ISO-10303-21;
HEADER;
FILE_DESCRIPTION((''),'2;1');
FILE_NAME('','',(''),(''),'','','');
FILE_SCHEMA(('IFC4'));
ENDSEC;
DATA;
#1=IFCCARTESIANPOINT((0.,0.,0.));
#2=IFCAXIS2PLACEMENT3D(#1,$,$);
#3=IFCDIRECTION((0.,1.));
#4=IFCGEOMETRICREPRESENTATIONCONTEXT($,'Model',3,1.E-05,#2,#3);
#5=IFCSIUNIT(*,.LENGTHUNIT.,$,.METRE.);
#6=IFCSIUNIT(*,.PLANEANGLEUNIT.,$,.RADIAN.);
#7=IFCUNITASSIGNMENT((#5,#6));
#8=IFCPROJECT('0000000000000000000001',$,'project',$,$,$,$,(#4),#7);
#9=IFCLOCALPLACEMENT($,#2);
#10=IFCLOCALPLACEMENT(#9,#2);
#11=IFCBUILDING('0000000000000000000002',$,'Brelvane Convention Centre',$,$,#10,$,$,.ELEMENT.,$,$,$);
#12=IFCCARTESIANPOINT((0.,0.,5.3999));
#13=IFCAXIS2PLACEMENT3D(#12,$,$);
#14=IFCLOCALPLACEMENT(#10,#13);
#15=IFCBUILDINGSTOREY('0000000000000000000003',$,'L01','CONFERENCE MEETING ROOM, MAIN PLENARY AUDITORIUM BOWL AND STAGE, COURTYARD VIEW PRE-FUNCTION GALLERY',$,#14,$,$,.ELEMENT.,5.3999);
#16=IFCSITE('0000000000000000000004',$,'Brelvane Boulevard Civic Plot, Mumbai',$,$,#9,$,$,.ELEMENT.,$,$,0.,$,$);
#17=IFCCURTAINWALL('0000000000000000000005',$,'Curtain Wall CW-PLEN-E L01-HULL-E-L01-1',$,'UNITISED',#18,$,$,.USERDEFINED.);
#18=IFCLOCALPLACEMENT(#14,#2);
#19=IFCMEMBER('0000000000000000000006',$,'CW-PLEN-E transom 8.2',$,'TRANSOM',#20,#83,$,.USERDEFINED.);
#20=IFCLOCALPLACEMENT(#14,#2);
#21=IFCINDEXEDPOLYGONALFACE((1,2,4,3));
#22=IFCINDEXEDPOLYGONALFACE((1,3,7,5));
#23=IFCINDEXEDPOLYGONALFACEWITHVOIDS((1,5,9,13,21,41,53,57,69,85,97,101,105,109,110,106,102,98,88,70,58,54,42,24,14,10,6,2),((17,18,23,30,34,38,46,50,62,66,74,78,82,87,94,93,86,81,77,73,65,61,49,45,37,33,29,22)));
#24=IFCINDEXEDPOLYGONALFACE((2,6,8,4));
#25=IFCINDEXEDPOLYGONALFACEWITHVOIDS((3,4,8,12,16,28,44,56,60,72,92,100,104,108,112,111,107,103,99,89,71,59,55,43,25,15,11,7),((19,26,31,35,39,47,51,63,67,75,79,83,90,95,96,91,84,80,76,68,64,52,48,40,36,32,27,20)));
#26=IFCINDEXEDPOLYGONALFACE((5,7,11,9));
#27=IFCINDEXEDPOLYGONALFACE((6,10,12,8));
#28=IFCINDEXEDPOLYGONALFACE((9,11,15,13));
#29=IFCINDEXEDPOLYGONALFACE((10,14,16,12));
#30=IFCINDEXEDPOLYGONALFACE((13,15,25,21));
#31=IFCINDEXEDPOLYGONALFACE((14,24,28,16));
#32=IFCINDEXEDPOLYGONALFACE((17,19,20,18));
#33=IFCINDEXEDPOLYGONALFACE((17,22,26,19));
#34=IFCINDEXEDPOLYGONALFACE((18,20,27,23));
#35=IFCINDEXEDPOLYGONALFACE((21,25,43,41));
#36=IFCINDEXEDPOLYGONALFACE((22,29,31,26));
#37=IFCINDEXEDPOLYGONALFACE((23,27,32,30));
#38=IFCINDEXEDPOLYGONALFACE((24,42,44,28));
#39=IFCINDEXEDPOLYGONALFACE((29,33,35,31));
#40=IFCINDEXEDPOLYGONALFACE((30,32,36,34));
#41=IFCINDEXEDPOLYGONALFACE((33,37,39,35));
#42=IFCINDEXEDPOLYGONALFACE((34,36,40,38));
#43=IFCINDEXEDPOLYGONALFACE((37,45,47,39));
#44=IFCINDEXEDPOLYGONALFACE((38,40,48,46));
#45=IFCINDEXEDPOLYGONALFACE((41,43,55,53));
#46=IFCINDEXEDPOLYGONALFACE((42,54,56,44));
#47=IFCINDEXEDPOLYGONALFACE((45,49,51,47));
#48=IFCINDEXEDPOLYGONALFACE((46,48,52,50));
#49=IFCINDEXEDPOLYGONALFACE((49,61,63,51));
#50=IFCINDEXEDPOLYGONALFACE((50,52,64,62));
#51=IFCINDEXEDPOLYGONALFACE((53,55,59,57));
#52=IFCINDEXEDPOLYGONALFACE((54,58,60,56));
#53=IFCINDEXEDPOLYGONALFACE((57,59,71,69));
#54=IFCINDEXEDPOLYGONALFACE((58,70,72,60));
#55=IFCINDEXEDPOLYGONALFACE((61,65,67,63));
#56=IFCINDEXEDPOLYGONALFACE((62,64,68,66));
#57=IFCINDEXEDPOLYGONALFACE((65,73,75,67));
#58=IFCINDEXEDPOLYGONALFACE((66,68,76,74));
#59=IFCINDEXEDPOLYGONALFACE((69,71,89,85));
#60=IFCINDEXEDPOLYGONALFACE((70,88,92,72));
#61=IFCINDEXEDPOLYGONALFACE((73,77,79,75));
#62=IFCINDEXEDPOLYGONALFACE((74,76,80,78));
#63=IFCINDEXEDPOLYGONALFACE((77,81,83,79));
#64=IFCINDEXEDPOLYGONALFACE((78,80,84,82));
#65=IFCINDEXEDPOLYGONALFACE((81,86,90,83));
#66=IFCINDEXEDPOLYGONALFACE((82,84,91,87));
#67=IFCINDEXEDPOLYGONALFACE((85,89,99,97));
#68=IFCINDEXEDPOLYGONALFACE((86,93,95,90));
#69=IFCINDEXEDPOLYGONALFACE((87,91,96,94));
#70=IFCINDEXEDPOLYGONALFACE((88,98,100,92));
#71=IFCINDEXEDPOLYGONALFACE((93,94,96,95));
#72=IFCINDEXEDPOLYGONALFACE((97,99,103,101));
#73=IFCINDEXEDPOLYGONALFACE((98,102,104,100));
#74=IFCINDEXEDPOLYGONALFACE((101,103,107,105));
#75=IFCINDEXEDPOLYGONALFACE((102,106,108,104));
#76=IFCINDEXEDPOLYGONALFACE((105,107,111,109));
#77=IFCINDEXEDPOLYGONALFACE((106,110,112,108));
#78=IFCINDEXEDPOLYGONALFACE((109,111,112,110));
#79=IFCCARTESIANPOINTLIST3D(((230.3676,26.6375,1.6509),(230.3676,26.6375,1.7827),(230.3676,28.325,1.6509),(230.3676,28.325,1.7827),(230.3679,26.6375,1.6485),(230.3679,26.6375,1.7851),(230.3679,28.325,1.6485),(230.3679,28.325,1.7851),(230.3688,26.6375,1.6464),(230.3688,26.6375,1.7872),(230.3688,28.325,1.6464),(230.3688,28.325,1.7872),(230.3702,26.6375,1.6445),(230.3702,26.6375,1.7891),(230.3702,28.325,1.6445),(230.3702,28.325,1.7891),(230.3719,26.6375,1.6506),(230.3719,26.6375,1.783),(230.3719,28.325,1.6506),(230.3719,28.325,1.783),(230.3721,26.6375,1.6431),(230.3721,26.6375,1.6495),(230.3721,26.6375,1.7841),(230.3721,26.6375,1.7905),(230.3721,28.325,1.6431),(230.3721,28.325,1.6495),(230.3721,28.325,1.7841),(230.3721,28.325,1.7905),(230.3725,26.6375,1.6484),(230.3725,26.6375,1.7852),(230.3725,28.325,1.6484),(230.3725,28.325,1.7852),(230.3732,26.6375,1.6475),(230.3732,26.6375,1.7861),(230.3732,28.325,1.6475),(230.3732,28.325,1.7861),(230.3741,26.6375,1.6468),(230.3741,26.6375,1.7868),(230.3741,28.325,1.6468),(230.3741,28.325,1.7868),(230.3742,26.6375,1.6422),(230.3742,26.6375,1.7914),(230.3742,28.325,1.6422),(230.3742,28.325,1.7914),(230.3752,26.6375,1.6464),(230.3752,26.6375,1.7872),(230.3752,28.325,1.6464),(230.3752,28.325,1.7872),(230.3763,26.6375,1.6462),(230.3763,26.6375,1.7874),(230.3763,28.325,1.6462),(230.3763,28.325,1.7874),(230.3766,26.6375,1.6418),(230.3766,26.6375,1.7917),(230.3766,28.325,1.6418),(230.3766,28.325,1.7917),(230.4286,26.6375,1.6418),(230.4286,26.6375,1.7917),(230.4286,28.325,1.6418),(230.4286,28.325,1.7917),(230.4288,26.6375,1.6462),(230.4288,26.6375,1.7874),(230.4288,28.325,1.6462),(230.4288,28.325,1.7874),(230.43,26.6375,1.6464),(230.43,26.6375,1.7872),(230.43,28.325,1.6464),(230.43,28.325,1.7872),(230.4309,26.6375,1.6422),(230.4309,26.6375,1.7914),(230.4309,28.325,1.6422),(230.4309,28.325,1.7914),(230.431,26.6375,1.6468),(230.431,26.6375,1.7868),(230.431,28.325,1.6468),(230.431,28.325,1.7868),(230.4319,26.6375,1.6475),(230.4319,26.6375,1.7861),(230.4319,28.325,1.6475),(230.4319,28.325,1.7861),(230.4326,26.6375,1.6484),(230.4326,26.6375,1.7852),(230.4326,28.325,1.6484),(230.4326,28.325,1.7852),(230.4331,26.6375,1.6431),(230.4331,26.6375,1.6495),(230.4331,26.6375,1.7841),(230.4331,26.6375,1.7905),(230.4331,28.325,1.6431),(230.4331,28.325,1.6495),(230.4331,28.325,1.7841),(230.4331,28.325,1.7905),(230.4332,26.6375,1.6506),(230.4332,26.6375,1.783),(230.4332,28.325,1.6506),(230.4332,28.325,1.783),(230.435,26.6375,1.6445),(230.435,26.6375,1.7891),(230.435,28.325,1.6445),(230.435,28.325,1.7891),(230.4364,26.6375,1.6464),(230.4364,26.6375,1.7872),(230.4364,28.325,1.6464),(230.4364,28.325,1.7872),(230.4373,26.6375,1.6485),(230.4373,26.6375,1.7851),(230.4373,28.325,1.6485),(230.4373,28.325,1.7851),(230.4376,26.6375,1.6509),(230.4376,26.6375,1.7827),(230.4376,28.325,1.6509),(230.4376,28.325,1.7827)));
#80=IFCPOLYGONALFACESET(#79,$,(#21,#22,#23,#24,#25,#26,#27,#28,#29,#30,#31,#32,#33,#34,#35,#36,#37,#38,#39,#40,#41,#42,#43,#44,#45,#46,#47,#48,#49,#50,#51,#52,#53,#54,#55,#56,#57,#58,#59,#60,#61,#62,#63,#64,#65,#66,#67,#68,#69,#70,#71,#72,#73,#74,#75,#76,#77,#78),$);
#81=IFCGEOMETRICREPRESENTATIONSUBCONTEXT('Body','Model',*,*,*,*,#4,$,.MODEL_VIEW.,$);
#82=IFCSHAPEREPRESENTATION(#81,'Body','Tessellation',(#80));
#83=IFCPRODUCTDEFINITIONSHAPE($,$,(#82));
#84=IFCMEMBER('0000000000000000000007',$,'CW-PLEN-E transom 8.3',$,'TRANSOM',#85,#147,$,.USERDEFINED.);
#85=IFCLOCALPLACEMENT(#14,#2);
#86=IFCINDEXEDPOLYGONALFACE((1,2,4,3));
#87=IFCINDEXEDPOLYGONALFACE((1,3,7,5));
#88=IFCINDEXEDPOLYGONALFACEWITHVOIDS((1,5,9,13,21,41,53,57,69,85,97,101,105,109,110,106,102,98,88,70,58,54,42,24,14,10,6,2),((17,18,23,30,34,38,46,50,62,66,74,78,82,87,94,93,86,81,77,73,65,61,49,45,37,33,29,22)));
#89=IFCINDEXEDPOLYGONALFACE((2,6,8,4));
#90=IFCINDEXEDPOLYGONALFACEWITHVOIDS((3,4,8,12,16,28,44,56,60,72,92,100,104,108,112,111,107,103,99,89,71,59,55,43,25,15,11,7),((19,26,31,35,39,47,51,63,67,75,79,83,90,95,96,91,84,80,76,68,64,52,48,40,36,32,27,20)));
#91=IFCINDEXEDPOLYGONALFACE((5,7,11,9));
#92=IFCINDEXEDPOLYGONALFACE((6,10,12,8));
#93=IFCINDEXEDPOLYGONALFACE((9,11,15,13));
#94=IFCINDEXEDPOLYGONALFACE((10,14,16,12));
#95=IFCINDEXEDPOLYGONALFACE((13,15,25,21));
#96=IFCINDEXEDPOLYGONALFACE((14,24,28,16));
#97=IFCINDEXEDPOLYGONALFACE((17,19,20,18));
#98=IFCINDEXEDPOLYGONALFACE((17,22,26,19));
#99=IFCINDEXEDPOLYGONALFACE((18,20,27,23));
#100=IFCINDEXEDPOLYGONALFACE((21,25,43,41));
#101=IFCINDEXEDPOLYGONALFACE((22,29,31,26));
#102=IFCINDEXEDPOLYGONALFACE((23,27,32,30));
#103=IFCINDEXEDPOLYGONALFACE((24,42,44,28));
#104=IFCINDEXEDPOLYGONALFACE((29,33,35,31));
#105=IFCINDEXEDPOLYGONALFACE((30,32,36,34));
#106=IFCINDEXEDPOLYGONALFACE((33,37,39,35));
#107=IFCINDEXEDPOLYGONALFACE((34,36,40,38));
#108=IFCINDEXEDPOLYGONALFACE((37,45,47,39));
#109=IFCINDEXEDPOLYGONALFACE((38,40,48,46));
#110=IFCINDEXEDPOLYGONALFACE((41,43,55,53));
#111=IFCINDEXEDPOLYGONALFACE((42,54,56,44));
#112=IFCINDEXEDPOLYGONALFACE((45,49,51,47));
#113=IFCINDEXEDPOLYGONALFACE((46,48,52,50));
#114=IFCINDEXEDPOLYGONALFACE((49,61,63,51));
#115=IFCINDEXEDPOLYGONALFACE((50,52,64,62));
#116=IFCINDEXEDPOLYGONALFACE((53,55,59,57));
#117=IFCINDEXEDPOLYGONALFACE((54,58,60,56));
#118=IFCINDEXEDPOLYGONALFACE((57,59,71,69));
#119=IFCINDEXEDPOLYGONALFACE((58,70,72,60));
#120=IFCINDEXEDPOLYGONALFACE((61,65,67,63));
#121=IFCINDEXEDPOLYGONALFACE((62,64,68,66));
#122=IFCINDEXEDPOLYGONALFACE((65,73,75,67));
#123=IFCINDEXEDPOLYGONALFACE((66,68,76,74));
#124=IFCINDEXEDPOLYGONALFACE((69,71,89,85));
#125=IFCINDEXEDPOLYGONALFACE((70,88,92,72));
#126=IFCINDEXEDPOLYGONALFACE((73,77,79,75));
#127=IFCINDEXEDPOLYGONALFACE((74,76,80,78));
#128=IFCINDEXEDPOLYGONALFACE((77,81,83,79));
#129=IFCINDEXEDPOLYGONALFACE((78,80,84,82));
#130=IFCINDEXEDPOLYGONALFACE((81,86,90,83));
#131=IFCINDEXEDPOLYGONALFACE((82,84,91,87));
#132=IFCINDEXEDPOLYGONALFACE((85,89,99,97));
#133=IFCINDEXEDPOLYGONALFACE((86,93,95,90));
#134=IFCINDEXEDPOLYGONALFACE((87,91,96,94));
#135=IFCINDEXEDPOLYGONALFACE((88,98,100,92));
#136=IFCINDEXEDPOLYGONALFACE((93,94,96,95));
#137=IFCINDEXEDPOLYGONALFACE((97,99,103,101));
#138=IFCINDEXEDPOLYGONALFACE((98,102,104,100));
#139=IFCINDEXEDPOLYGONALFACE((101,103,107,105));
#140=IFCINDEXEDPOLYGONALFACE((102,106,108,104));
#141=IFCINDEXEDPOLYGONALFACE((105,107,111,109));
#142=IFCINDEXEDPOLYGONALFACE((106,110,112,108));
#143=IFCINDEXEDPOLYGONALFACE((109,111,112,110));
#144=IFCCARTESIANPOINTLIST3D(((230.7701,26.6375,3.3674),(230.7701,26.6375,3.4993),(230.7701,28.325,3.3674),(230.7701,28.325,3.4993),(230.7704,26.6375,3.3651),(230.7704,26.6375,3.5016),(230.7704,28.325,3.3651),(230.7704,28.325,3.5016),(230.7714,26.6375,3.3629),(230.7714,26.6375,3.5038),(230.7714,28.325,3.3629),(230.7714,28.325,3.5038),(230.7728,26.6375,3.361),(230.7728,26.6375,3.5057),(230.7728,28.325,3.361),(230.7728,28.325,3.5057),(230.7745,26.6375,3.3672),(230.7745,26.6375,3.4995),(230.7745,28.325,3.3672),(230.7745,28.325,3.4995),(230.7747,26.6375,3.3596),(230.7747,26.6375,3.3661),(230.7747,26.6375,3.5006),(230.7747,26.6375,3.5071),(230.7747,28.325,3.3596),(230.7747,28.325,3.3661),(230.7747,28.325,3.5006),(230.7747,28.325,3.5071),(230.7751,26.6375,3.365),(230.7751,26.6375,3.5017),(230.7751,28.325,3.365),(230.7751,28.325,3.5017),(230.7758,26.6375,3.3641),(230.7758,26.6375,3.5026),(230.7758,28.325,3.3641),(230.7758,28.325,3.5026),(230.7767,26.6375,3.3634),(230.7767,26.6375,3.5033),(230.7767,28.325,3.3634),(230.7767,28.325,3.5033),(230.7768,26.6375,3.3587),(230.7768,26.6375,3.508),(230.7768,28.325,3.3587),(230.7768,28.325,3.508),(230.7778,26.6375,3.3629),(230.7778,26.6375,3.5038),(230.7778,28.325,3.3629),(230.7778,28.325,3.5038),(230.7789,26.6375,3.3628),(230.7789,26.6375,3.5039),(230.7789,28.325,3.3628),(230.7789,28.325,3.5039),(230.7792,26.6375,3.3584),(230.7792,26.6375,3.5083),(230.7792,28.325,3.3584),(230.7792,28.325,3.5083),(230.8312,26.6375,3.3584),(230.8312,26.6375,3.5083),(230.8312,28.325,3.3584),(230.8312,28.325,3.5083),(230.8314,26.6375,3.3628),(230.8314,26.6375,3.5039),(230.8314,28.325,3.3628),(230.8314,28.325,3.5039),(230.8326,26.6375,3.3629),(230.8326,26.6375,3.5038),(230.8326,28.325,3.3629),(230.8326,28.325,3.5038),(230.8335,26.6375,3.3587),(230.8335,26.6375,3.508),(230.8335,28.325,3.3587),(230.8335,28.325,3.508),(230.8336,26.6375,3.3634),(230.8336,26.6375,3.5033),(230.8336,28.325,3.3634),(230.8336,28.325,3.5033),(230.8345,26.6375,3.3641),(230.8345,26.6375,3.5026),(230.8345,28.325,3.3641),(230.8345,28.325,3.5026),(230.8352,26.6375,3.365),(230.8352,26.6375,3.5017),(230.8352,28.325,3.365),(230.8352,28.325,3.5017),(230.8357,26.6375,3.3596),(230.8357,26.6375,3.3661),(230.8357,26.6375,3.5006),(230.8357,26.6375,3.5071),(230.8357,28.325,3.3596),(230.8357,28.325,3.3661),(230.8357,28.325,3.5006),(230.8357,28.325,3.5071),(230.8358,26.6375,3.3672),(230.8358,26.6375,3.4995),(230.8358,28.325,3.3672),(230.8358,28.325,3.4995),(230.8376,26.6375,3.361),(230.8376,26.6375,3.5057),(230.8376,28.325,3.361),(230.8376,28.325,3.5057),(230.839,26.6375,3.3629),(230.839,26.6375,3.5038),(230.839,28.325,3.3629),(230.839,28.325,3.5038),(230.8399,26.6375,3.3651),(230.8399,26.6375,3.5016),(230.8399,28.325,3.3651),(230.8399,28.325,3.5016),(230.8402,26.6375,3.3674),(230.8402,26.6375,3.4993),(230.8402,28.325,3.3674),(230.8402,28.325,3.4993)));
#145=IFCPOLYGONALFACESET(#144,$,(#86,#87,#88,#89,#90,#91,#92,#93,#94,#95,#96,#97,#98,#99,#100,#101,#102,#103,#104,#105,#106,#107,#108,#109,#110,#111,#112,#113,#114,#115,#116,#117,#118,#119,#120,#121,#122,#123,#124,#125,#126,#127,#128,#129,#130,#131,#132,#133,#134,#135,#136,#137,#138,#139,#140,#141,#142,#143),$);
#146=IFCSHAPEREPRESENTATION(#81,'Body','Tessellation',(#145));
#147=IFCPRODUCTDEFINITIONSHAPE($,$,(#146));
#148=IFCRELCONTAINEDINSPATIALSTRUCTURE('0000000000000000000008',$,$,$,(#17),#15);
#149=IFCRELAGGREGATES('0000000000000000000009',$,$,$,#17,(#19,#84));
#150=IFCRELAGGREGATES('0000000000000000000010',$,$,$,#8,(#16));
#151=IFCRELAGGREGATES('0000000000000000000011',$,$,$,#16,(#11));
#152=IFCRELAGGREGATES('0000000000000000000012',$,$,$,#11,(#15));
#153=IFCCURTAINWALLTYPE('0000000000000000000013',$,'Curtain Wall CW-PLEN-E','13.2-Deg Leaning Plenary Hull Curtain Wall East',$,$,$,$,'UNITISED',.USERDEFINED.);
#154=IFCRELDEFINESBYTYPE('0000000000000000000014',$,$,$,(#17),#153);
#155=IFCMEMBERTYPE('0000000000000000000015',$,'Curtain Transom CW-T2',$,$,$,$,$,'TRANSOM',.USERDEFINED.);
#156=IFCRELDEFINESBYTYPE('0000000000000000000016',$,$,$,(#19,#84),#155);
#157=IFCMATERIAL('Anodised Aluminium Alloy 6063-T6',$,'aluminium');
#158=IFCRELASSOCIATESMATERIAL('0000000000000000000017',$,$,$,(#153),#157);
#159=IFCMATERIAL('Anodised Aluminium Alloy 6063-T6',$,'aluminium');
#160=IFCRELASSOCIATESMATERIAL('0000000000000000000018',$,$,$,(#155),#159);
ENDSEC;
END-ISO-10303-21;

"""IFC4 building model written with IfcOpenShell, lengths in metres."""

from ifc_helpers import new_model, si_unit, direction, frame, origin, origin_2d, place, context, subcontext, project, spatial, hollow_rectangle, extrude, material, material_profile, profile_set, type_object, element, aggregate, save


model = new_model("IFC4")

# Units and contexts
model_context = context("Model", 3, precision=1e-05, world=origin(), true_north=direction((0.0, 1.0)))
body_context = subcontext(model_context, "Body", "Model", "MODEL_VIEW")
ifc_project = project(units=[si_unit("LENGTHUNIT", "METRE"), si_unit("PLANEANGLEUNIT", "RADIAN")], contexts=[model_context])

# Site, building, storey
site_placement = place(None, origin())
site = spatial("IfcSite", under=ifc_project, at=site_placement, Name="Brelvane Boulevard Civic Plot, Mumbai", CompositionType="ELEMENT", RefElevation=0.0)
building_placement = place(site_placement, origin())
building = spatial("IfcBuilding", under=site, at=building_placement, Name="Brelvane Convention Centre", CompositionType="ELEMENT")
storey_placement = place(building_placement, frame((0.0, 0.0, 5.3999)))
storey = spatial("IfcBuildingStorey", under=building, at=storey_placement, Name="L01", Description="CONFERENCE MEETING ROOM, MAIN PLENARY AUDITORIUM BOWL AND STAGE, COURTYARD VIEW PRE-FUNCTION GALLERY", CompositionType="ELEMENT", Elevation=5.3999)

# Curtain wall, members
ifc_material_1 = material(Name="Anodised Aluminium Alloy 6063-T6", Category="aluminium")
curtain_wall_type = type_object("IfcCurtainWallType", Name="Curtain Wall CW-PLEN-E", Description="13.2-Deg Leaning Plenary Hull Curtain Wall East", ElementType="UNITISED", PredefinedType="USERDEFINED", material=ifc_material_1)
curtain_wall_placement = place(storey_placement, origin())
curtain_wall = element("IfcCurtainWall", 1, at=curtain_wall_placement, inside=storey, type_object=curtain_wall_type, Name="Curtain Wall CW-PLEN-E L01-HULL-E-L01-1", ObjectType="UNITISED", PredefinedType="USERDEFINED")
ifc_material_2 = material(Name="Anodised Aluminium Alloy 6063-T6", Category="aluminium")
ifc_material_profile_1 = material_profile(ifc_material_2, hollow_rectangle(XDim=0.0701, YDim=0.1499, WallThickness=0.0044, InnerFilletRadius=0.0044, OuterFilletRadius=0.009, at=origin_2d()), Name="ALU-T 150x70x4.5")
ifc_profile_set_1 = profile_set([ifc_material_profile_1], Name="Anodised Aluminium Alloy 6063-T6")
member_type_1 = type_object("IfcMemberType", Name="Curtain Transom CW-T2", ElementType="TRANSOM", PredefinedType="USERDEFINED", material=ifc_profile_set_1)
member_1_placement = place(storey_placement, frame((230.4026, 26.6375, 1.7168), z_axis=(0.0, 1.0, 0.0), x_axis=(-1.0, 0.0, 0.0)))
member_1 = element("IfcMember", 2, at=member_1_placement, type_object=member_type_1, Name="CW-PLEN-E transom 8.2", ObjectType="TRANSOM", PredefinedType="USERDEFINED", context=body_context, shape_type="SweptSolid", body=[
    extrude(hollow_rectangle(XDim=0.0701, YDim=0.1499, WallThickness=0.0044, InnerFilletRadius=0.0044, OuterFilletRadius=0.009, at=origin_2d()), origin(), (0.0, 0.0, 1.0), 1.6875),
])
member_2_placement = place(storey_placement, frame((230.8052, 26.6375, 3.4333), z_axis=(0.0, 1.0, 0.0), x_axis=(-1.0, 0.0, 0.0)))
member_2 = element("IfcMember", 3, at=member_2_placement, type_object=member_type_1, Name="CW-PLEN-E transom 8.3", ObjectType="TRANSOM", PredefinedType="USERDEFINED", context=body_context, shape_type="SweptSolid", body=[
    extrude(hollow_rectangle(XDim=0.0701, YDim=0.1499, WallThickness=0.0044, InnerFilletRadius=0.0044, OuterFilletRadius=0.009, at=origin_2d()), origin(), (0.0, 0.0, 1.0), 1.6875),
])
aggregate(curtain_wall, [member_1, member_2])

save(model, "model.ifc")
